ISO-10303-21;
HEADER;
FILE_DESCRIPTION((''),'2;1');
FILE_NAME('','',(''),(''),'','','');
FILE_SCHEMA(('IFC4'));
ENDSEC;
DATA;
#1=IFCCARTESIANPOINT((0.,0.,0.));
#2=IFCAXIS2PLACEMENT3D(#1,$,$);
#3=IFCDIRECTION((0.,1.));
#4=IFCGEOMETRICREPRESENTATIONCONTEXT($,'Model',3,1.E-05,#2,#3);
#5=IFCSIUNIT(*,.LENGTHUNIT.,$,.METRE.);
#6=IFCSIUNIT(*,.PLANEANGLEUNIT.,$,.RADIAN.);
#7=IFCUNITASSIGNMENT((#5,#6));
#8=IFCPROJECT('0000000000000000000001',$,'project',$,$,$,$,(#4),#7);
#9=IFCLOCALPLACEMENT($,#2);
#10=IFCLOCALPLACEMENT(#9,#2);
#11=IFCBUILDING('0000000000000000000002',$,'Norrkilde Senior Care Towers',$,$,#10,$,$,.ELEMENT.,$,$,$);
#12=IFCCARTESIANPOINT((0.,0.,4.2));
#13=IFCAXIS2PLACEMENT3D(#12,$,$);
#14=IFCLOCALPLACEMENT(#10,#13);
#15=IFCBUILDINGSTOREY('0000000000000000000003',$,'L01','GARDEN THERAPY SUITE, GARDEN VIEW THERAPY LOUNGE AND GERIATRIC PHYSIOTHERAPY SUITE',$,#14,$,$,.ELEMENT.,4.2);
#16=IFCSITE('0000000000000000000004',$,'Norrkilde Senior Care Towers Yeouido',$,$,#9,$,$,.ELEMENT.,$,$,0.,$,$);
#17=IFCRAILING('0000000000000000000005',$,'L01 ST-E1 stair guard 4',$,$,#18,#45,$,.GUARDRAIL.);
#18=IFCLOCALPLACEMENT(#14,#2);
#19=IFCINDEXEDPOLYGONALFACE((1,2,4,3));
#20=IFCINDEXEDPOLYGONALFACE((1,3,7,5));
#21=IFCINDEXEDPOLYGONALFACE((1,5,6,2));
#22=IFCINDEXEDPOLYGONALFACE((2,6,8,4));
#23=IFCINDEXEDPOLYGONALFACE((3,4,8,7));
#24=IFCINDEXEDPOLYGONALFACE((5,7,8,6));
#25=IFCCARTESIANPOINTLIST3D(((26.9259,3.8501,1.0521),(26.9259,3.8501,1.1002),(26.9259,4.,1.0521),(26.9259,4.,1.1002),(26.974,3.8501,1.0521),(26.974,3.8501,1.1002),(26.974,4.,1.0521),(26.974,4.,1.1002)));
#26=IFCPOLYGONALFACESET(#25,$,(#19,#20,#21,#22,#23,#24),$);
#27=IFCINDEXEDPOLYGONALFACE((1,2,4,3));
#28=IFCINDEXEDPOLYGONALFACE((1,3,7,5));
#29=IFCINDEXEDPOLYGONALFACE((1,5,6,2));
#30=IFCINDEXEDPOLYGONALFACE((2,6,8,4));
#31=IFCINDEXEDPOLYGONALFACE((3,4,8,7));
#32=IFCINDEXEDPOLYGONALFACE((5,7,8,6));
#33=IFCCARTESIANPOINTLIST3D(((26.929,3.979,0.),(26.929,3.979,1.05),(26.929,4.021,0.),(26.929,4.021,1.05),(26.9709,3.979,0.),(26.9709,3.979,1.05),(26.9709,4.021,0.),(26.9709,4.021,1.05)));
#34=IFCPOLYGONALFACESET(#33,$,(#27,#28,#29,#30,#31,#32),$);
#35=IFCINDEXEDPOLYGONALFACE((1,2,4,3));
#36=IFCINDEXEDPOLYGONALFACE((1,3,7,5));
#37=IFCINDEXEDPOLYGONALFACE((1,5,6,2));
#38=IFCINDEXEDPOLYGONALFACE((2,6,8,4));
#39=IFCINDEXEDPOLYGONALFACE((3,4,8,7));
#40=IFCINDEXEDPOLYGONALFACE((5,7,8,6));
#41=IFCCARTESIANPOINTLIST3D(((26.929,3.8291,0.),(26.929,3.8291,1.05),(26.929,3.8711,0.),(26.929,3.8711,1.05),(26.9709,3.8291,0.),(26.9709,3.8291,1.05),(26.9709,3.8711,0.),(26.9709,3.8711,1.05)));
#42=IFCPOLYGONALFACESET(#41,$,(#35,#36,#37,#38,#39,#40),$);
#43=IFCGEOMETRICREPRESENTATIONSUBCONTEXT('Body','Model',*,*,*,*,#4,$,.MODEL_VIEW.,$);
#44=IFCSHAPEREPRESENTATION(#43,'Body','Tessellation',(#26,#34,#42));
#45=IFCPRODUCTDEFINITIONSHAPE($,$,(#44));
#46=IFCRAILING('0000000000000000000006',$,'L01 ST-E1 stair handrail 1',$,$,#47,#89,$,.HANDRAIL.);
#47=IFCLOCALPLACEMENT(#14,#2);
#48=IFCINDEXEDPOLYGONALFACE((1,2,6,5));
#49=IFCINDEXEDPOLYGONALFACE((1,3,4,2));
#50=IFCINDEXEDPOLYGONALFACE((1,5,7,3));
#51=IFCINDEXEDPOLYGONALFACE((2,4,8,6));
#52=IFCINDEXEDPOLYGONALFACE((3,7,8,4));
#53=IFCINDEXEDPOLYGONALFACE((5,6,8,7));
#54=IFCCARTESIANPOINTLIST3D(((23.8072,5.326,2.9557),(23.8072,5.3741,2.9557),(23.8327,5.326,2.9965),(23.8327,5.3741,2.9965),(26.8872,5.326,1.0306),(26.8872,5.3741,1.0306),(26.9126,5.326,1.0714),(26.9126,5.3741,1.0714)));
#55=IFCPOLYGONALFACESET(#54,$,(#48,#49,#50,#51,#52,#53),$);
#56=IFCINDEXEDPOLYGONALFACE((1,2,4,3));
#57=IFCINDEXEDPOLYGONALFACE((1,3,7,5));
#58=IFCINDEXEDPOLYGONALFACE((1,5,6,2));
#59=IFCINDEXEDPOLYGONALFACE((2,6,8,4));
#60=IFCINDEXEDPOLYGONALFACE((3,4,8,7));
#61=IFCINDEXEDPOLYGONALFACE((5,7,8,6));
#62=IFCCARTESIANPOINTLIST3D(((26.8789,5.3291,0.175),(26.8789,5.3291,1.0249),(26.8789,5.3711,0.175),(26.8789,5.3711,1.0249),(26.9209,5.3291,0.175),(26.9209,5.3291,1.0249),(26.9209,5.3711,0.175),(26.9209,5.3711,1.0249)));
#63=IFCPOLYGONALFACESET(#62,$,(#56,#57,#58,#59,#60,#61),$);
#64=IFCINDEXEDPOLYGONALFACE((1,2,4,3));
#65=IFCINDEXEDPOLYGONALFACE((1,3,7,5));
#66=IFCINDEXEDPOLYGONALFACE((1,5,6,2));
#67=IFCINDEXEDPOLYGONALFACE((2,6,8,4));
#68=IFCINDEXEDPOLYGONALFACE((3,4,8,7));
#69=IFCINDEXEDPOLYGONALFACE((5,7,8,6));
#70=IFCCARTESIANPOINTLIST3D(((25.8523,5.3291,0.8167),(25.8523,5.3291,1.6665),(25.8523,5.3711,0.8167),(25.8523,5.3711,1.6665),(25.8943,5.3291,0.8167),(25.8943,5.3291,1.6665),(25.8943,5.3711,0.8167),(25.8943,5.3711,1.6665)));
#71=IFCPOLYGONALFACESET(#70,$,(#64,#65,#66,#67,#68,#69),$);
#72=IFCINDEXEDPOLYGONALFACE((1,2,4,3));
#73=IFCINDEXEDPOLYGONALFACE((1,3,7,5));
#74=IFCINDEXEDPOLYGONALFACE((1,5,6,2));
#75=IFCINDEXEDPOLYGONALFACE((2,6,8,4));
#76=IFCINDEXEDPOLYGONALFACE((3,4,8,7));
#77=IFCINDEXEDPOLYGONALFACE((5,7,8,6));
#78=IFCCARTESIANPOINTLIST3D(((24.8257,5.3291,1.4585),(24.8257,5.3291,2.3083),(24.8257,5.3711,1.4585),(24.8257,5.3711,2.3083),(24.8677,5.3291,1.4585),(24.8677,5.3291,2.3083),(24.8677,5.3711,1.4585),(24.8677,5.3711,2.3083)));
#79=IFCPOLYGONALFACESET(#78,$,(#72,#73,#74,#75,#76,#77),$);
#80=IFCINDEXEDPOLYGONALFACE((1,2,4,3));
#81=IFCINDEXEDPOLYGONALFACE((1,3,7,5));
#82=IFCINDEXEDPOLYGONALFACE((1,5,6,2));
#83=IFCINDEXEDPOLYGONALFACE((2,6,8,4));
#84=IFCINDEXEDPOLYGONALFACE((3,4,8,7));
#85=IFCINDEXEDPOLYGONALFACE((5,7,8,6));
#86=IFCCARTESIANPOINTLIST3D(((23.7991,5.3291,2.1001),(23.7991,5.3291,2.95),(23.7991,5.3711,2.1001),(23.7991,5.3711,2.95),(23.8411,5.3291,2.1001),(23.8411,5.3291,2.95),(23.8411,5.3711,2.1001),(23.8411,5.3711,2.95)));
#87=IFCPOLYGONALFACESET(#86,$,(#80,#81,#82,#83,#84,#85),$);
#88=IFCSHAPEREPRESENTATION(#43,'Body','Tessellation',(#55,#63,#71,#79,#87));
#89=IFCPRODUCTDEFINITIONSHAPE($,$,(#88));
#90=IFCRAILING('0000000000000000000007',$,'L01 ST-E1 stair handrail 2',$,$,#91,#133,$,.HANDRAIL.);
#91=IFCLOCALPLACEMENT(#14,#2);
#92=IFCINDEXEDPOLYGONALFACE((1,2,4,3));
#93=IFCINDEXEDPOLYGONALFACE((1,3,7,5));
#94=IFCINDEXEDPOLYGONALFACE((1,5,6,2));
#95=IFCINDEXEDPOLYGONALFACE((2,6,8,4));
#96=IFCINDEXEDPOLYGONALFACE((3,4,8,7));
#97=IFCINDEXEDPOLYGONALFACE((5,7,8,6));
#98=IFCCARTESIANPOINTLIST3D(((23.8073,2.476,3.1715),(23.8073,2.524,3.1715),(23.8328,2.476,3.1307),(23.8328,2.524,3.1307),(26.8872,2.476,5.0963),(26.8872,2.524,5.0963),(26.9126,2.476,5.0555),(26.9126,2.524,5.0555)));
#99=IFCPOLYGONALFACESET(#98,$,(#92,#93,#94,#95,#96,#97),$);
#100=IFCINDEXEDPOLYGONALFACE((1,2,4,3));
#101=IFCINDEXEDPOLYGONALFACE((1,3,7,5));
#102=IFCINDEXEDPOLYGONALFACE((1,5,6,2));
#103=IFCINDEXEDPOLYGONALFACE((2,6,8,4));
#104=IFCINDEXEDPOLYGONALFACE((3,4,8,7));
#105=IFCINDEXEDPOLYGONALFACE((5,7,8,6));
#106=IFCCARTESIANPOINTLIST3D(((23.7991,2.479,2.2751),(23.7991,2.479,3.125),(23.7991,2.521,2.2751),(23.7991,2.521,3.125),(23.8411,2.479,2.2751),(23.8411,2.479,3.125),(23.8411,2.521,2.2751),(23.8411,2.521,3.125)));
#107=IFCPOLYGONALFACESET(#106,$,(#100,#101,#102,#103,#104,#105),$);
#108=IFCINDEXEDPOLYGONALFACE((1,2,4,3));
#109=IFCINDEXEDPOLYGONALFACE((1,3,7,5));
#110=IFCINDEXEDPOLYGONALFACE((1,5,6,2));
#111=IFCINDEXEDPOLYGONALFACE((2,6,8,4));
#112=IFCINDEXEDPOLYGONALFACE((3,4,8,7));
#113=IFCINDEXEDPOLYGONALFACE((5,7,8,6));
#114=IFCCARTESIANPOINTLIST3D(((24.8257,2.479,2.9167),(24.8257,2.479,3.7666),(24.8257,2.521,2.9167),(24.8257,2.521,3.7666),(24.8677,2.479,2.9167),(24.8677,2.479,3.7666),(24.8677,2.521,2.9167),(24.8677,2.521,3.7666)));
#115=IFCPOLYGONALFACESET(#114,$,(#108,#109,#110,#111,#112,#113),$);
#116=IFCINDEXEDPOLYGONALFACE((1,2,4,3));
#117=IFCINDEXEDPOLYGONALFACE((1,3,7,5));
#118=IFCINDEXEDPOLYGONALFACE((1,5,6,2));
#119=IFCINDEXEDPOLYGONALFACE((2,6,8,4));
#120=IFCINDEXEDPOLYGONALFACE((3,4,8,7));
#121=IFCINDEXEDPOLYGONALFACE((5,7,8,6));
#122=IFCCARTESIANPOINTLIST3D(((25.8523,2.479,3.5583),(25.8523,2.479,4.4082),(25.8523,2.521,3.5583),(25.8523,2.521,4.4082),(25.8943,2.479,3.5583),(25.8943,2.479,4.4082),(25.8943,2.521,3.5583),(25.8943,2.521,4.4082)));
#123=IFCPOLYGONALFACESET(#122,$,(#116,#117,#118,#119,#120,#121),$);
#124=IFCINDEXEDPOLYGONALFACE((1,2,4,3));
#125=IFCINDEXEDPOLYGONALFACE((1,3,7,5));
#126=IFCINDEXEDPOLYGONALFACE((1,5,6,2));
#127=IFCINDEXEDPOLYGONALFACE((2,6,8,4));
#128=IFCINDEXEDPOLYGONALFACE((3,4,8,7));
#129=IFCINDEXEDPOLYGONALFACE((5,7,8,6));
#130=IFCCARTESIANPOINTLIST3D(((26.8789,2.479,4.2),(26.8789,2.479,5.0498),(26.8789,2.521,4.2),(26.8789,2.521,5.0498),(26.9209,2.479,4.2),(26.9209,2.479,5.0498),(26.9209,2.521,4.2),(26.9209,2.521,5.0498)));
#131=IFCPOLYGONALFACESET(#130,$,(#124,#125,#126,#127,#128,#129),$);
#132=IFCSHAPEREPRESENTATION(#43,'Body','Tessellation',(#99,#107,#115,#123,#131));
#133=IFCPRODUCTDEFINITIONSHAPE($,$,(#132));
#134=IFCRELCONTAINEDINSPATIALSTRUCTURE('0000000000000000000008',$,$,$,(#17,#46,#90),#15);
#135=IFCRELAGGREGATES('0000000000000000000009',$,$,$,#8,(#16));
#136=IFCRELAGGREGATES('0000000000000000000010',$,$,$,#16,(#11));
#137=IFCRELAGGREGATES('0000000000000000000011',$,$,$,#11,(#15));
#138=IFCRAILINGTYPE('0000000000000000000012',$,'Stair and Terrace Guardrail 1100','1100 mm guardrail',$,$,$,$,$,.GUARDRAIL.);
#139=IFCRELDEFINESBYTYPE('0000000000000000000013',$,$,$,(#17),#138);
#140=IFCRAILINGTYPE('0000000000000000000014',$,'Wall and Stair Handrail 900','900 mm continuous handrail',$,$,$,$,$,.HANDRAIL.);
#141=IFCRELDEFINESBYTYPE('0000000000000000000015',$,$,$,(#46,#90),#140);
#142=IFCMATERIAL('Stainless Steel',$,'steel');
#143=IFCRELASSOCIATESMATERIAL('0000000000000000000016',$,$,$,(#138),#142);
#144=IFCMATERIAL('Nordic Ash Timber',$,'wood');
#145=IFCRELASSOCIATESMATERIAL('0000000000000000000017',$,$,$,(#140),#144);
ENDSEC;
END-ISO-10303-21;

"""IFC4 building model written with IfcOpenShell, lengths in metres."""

from ifc_helpers import new_model, si_unit, direction, frame, origin, origin_2d, place, context, subcontext, project, spatial, rectangle, extrude, material, type_object, element, save


model = new_model("IFC4")

# Units and contexts
model_context = context("Model", 3, precision=1e-05, world=origin(), true_north=direction((0.0, 1.0)))
body_context = subcontext(model_context, "Body", "Model", "MODEL_VIEW")
ifc_project = project(units=[si_unit("LENGTHUNIT", "METRE"), si_unit("PLANEANGLEUNIT", "RADIAN")], contexts=[model_context])

# Site, building, storey
site_placement = place(None, origin())
site = spatial("IfcSite", under=ifc_project, at=site_placement, Name="Norrkilde Senior Care Towers Yeouido", CompositionType="ELEMENT", RefElevation=0.0)
building_placement = place(site_placement, origin())
building = spatial("IfcBuilding", under=site, at=building_placement, Name="Norrkilde Senior Care Towers", CompositionType="ELEMENT")
storey_placement = place(building_placement, frame((0.0, 0.0, 4.2)))
storey = spatial("IfcBuildingStorey", under=building, at=storey_placement, Name="L01", Description="GARDEN THERAPY SUITE, GARDEN VIEW THERAPY LOUNGE AND GERIATRIC PHYSIOTHERAPY SUITE", CompositionType="ELEMENT", Elevation=4.2)

# Shared definitions
ifc_material_1 = material(Name="Stainless Steel", Category="steel")

# Railings
railing_type_1 = type_object("IfcRailingType", Name="Stair and Terrace Guardrail 1100", Description="1100 mm guardrail", PredefinedType="GUARDRAIL", material=ifc_material_1)
railing_1_placement = place(storey_placement, frame((26.95, 4.0, 0.0)))
element("IfcRailing", 1, at=railing_1_placement, inside=storey, type_object=railing_type_1, Name="L01 ST-E1 stair guard 4", PredefinedType="GUARDRAIL", context=body_context, shape_type="SweptSolid", body=[
    extrude(rectangle(XDim=0.0481, YDim=0.0481, at=origin_2d()), frame((0.0, 0.0, 1.0762), z_axis=(0.0, -1.0, 0.0), x_axis=(1.0, 0.0, 0.0)), (0.0, 0.0, 1.0), 0.1499),
    extrude(rectangle(XDim=0.042, YDim=0.042, at=origin_2d()), origin(), (0.0, 0.0, 1.0), 1.05),
    extrude(rectangle(XDim=0.042, YDim=0.042, at=origin_2d()), frame((0.0, -0.1499, 0.0)), (0.0, 0.0, 1.0), 1.05),
])
ifc_material_2 = material(Name="Nordic Ash Timber", Category="wood")
railing_type_2 = type_object("IfcRailingType", Name="Wall and Stair Handrail 900", Description="900 mm continuous handrail", PredefinedType="HANDRAIL", material=ifc_material_2)
railing_2_placement = place(storey_placement, frame((26.8999, 5.3501, 0.175)))
element("IfcRailing", 2, at=railing_2_placement, inside=storey, type_object=railing_type_2, Name="L01 ST-E1 stair handrail 1", PredefinedType="HANDRAIL", context=body_context, shape_type="SweptSolid", body=[
    extrude(rectangle(XDim=0.0481, YDim=0.0481, at=origin_2d()), frame((0.0, 0.0, 0.876), z_axis=(-0.847979, 0.0, 0.530029), x_axis=(0.0, -1.0, 0.0)), (0.0, 0.0, 1.0), 3.6321),
    extrude(rectangle(XDim=0.042, YDim=0.042, at=origin_2d()), origin(), (0.0, 0.0, 1.0), 0.8499),
    extrude(rectangle(XDim=0.042, YDim=0.042, at=origin_2d()), frame((-1.0266, 0.0, 0.6416)), (0.0, 0.0, 1.0), 0.8499),
    extrude(rectangle(XDim=0.042, YDim=0.042, at=origin_2d()), frame((-2.0532, 0.0, 1.2834)), (0.0, 0.0, 1.0), 0.8499),
    extrude(rectangle(XDim=0.042, YDim=0.042, at=origin_2d()), frame((-3.0798, 0.0, 1.925)), (0.0, 0.0, 1.0), 0.8499),
])
railing_3_placement = place(storey_placement, frame((23.8201, 2.5, 2.2751)))
element("IfcRailing", 3, at=railing_3_placement, inside=storey, type_object=railing_type_2, Name="L01 ST-E1 stair handrail 2", PredefinedType="HANDRAIL", context=body_context, shape_type="SweptSolid", body=[
    extrude(rectangle(XDim=0.0481, YDim=0.0481, at=origin_2d()), frame((0.0, 0.0, 0.876), z_axis=(0.84801, 0.0, 0.529981), x_axis=(0.0, 1.0, 0.0)), (0.0, 0.0, 1.0), 3.6318),
    extrude(rectangle(XDim=0.042, YDim=0.042, at=origin_2d()), origin(), (0.0, 0.0, 1.0), 0.8499),
    extrude(rectangle(XDim=0.042, YDim=0.042, at=origin_2d()), frame((1.0266, 0.0, 0.6416)), (0.0, 0.0, 1.0), 0.8499),
    extrude(rectangle(XDim=0.042, YDim=0.042, at=origin_2d()), frame((2.0532, 0.0, 1.2832)), (0.0, 0.0, 1.0), 0.8499),
    extrude(rectangle(XDim=0.042, YDim=0.042, at=origin_2d()), frame((3.0798, 0.0, 1.9248)), (0.0, 0.0, 1.0), 0.8499),
])

save(model, "model.ifc")
